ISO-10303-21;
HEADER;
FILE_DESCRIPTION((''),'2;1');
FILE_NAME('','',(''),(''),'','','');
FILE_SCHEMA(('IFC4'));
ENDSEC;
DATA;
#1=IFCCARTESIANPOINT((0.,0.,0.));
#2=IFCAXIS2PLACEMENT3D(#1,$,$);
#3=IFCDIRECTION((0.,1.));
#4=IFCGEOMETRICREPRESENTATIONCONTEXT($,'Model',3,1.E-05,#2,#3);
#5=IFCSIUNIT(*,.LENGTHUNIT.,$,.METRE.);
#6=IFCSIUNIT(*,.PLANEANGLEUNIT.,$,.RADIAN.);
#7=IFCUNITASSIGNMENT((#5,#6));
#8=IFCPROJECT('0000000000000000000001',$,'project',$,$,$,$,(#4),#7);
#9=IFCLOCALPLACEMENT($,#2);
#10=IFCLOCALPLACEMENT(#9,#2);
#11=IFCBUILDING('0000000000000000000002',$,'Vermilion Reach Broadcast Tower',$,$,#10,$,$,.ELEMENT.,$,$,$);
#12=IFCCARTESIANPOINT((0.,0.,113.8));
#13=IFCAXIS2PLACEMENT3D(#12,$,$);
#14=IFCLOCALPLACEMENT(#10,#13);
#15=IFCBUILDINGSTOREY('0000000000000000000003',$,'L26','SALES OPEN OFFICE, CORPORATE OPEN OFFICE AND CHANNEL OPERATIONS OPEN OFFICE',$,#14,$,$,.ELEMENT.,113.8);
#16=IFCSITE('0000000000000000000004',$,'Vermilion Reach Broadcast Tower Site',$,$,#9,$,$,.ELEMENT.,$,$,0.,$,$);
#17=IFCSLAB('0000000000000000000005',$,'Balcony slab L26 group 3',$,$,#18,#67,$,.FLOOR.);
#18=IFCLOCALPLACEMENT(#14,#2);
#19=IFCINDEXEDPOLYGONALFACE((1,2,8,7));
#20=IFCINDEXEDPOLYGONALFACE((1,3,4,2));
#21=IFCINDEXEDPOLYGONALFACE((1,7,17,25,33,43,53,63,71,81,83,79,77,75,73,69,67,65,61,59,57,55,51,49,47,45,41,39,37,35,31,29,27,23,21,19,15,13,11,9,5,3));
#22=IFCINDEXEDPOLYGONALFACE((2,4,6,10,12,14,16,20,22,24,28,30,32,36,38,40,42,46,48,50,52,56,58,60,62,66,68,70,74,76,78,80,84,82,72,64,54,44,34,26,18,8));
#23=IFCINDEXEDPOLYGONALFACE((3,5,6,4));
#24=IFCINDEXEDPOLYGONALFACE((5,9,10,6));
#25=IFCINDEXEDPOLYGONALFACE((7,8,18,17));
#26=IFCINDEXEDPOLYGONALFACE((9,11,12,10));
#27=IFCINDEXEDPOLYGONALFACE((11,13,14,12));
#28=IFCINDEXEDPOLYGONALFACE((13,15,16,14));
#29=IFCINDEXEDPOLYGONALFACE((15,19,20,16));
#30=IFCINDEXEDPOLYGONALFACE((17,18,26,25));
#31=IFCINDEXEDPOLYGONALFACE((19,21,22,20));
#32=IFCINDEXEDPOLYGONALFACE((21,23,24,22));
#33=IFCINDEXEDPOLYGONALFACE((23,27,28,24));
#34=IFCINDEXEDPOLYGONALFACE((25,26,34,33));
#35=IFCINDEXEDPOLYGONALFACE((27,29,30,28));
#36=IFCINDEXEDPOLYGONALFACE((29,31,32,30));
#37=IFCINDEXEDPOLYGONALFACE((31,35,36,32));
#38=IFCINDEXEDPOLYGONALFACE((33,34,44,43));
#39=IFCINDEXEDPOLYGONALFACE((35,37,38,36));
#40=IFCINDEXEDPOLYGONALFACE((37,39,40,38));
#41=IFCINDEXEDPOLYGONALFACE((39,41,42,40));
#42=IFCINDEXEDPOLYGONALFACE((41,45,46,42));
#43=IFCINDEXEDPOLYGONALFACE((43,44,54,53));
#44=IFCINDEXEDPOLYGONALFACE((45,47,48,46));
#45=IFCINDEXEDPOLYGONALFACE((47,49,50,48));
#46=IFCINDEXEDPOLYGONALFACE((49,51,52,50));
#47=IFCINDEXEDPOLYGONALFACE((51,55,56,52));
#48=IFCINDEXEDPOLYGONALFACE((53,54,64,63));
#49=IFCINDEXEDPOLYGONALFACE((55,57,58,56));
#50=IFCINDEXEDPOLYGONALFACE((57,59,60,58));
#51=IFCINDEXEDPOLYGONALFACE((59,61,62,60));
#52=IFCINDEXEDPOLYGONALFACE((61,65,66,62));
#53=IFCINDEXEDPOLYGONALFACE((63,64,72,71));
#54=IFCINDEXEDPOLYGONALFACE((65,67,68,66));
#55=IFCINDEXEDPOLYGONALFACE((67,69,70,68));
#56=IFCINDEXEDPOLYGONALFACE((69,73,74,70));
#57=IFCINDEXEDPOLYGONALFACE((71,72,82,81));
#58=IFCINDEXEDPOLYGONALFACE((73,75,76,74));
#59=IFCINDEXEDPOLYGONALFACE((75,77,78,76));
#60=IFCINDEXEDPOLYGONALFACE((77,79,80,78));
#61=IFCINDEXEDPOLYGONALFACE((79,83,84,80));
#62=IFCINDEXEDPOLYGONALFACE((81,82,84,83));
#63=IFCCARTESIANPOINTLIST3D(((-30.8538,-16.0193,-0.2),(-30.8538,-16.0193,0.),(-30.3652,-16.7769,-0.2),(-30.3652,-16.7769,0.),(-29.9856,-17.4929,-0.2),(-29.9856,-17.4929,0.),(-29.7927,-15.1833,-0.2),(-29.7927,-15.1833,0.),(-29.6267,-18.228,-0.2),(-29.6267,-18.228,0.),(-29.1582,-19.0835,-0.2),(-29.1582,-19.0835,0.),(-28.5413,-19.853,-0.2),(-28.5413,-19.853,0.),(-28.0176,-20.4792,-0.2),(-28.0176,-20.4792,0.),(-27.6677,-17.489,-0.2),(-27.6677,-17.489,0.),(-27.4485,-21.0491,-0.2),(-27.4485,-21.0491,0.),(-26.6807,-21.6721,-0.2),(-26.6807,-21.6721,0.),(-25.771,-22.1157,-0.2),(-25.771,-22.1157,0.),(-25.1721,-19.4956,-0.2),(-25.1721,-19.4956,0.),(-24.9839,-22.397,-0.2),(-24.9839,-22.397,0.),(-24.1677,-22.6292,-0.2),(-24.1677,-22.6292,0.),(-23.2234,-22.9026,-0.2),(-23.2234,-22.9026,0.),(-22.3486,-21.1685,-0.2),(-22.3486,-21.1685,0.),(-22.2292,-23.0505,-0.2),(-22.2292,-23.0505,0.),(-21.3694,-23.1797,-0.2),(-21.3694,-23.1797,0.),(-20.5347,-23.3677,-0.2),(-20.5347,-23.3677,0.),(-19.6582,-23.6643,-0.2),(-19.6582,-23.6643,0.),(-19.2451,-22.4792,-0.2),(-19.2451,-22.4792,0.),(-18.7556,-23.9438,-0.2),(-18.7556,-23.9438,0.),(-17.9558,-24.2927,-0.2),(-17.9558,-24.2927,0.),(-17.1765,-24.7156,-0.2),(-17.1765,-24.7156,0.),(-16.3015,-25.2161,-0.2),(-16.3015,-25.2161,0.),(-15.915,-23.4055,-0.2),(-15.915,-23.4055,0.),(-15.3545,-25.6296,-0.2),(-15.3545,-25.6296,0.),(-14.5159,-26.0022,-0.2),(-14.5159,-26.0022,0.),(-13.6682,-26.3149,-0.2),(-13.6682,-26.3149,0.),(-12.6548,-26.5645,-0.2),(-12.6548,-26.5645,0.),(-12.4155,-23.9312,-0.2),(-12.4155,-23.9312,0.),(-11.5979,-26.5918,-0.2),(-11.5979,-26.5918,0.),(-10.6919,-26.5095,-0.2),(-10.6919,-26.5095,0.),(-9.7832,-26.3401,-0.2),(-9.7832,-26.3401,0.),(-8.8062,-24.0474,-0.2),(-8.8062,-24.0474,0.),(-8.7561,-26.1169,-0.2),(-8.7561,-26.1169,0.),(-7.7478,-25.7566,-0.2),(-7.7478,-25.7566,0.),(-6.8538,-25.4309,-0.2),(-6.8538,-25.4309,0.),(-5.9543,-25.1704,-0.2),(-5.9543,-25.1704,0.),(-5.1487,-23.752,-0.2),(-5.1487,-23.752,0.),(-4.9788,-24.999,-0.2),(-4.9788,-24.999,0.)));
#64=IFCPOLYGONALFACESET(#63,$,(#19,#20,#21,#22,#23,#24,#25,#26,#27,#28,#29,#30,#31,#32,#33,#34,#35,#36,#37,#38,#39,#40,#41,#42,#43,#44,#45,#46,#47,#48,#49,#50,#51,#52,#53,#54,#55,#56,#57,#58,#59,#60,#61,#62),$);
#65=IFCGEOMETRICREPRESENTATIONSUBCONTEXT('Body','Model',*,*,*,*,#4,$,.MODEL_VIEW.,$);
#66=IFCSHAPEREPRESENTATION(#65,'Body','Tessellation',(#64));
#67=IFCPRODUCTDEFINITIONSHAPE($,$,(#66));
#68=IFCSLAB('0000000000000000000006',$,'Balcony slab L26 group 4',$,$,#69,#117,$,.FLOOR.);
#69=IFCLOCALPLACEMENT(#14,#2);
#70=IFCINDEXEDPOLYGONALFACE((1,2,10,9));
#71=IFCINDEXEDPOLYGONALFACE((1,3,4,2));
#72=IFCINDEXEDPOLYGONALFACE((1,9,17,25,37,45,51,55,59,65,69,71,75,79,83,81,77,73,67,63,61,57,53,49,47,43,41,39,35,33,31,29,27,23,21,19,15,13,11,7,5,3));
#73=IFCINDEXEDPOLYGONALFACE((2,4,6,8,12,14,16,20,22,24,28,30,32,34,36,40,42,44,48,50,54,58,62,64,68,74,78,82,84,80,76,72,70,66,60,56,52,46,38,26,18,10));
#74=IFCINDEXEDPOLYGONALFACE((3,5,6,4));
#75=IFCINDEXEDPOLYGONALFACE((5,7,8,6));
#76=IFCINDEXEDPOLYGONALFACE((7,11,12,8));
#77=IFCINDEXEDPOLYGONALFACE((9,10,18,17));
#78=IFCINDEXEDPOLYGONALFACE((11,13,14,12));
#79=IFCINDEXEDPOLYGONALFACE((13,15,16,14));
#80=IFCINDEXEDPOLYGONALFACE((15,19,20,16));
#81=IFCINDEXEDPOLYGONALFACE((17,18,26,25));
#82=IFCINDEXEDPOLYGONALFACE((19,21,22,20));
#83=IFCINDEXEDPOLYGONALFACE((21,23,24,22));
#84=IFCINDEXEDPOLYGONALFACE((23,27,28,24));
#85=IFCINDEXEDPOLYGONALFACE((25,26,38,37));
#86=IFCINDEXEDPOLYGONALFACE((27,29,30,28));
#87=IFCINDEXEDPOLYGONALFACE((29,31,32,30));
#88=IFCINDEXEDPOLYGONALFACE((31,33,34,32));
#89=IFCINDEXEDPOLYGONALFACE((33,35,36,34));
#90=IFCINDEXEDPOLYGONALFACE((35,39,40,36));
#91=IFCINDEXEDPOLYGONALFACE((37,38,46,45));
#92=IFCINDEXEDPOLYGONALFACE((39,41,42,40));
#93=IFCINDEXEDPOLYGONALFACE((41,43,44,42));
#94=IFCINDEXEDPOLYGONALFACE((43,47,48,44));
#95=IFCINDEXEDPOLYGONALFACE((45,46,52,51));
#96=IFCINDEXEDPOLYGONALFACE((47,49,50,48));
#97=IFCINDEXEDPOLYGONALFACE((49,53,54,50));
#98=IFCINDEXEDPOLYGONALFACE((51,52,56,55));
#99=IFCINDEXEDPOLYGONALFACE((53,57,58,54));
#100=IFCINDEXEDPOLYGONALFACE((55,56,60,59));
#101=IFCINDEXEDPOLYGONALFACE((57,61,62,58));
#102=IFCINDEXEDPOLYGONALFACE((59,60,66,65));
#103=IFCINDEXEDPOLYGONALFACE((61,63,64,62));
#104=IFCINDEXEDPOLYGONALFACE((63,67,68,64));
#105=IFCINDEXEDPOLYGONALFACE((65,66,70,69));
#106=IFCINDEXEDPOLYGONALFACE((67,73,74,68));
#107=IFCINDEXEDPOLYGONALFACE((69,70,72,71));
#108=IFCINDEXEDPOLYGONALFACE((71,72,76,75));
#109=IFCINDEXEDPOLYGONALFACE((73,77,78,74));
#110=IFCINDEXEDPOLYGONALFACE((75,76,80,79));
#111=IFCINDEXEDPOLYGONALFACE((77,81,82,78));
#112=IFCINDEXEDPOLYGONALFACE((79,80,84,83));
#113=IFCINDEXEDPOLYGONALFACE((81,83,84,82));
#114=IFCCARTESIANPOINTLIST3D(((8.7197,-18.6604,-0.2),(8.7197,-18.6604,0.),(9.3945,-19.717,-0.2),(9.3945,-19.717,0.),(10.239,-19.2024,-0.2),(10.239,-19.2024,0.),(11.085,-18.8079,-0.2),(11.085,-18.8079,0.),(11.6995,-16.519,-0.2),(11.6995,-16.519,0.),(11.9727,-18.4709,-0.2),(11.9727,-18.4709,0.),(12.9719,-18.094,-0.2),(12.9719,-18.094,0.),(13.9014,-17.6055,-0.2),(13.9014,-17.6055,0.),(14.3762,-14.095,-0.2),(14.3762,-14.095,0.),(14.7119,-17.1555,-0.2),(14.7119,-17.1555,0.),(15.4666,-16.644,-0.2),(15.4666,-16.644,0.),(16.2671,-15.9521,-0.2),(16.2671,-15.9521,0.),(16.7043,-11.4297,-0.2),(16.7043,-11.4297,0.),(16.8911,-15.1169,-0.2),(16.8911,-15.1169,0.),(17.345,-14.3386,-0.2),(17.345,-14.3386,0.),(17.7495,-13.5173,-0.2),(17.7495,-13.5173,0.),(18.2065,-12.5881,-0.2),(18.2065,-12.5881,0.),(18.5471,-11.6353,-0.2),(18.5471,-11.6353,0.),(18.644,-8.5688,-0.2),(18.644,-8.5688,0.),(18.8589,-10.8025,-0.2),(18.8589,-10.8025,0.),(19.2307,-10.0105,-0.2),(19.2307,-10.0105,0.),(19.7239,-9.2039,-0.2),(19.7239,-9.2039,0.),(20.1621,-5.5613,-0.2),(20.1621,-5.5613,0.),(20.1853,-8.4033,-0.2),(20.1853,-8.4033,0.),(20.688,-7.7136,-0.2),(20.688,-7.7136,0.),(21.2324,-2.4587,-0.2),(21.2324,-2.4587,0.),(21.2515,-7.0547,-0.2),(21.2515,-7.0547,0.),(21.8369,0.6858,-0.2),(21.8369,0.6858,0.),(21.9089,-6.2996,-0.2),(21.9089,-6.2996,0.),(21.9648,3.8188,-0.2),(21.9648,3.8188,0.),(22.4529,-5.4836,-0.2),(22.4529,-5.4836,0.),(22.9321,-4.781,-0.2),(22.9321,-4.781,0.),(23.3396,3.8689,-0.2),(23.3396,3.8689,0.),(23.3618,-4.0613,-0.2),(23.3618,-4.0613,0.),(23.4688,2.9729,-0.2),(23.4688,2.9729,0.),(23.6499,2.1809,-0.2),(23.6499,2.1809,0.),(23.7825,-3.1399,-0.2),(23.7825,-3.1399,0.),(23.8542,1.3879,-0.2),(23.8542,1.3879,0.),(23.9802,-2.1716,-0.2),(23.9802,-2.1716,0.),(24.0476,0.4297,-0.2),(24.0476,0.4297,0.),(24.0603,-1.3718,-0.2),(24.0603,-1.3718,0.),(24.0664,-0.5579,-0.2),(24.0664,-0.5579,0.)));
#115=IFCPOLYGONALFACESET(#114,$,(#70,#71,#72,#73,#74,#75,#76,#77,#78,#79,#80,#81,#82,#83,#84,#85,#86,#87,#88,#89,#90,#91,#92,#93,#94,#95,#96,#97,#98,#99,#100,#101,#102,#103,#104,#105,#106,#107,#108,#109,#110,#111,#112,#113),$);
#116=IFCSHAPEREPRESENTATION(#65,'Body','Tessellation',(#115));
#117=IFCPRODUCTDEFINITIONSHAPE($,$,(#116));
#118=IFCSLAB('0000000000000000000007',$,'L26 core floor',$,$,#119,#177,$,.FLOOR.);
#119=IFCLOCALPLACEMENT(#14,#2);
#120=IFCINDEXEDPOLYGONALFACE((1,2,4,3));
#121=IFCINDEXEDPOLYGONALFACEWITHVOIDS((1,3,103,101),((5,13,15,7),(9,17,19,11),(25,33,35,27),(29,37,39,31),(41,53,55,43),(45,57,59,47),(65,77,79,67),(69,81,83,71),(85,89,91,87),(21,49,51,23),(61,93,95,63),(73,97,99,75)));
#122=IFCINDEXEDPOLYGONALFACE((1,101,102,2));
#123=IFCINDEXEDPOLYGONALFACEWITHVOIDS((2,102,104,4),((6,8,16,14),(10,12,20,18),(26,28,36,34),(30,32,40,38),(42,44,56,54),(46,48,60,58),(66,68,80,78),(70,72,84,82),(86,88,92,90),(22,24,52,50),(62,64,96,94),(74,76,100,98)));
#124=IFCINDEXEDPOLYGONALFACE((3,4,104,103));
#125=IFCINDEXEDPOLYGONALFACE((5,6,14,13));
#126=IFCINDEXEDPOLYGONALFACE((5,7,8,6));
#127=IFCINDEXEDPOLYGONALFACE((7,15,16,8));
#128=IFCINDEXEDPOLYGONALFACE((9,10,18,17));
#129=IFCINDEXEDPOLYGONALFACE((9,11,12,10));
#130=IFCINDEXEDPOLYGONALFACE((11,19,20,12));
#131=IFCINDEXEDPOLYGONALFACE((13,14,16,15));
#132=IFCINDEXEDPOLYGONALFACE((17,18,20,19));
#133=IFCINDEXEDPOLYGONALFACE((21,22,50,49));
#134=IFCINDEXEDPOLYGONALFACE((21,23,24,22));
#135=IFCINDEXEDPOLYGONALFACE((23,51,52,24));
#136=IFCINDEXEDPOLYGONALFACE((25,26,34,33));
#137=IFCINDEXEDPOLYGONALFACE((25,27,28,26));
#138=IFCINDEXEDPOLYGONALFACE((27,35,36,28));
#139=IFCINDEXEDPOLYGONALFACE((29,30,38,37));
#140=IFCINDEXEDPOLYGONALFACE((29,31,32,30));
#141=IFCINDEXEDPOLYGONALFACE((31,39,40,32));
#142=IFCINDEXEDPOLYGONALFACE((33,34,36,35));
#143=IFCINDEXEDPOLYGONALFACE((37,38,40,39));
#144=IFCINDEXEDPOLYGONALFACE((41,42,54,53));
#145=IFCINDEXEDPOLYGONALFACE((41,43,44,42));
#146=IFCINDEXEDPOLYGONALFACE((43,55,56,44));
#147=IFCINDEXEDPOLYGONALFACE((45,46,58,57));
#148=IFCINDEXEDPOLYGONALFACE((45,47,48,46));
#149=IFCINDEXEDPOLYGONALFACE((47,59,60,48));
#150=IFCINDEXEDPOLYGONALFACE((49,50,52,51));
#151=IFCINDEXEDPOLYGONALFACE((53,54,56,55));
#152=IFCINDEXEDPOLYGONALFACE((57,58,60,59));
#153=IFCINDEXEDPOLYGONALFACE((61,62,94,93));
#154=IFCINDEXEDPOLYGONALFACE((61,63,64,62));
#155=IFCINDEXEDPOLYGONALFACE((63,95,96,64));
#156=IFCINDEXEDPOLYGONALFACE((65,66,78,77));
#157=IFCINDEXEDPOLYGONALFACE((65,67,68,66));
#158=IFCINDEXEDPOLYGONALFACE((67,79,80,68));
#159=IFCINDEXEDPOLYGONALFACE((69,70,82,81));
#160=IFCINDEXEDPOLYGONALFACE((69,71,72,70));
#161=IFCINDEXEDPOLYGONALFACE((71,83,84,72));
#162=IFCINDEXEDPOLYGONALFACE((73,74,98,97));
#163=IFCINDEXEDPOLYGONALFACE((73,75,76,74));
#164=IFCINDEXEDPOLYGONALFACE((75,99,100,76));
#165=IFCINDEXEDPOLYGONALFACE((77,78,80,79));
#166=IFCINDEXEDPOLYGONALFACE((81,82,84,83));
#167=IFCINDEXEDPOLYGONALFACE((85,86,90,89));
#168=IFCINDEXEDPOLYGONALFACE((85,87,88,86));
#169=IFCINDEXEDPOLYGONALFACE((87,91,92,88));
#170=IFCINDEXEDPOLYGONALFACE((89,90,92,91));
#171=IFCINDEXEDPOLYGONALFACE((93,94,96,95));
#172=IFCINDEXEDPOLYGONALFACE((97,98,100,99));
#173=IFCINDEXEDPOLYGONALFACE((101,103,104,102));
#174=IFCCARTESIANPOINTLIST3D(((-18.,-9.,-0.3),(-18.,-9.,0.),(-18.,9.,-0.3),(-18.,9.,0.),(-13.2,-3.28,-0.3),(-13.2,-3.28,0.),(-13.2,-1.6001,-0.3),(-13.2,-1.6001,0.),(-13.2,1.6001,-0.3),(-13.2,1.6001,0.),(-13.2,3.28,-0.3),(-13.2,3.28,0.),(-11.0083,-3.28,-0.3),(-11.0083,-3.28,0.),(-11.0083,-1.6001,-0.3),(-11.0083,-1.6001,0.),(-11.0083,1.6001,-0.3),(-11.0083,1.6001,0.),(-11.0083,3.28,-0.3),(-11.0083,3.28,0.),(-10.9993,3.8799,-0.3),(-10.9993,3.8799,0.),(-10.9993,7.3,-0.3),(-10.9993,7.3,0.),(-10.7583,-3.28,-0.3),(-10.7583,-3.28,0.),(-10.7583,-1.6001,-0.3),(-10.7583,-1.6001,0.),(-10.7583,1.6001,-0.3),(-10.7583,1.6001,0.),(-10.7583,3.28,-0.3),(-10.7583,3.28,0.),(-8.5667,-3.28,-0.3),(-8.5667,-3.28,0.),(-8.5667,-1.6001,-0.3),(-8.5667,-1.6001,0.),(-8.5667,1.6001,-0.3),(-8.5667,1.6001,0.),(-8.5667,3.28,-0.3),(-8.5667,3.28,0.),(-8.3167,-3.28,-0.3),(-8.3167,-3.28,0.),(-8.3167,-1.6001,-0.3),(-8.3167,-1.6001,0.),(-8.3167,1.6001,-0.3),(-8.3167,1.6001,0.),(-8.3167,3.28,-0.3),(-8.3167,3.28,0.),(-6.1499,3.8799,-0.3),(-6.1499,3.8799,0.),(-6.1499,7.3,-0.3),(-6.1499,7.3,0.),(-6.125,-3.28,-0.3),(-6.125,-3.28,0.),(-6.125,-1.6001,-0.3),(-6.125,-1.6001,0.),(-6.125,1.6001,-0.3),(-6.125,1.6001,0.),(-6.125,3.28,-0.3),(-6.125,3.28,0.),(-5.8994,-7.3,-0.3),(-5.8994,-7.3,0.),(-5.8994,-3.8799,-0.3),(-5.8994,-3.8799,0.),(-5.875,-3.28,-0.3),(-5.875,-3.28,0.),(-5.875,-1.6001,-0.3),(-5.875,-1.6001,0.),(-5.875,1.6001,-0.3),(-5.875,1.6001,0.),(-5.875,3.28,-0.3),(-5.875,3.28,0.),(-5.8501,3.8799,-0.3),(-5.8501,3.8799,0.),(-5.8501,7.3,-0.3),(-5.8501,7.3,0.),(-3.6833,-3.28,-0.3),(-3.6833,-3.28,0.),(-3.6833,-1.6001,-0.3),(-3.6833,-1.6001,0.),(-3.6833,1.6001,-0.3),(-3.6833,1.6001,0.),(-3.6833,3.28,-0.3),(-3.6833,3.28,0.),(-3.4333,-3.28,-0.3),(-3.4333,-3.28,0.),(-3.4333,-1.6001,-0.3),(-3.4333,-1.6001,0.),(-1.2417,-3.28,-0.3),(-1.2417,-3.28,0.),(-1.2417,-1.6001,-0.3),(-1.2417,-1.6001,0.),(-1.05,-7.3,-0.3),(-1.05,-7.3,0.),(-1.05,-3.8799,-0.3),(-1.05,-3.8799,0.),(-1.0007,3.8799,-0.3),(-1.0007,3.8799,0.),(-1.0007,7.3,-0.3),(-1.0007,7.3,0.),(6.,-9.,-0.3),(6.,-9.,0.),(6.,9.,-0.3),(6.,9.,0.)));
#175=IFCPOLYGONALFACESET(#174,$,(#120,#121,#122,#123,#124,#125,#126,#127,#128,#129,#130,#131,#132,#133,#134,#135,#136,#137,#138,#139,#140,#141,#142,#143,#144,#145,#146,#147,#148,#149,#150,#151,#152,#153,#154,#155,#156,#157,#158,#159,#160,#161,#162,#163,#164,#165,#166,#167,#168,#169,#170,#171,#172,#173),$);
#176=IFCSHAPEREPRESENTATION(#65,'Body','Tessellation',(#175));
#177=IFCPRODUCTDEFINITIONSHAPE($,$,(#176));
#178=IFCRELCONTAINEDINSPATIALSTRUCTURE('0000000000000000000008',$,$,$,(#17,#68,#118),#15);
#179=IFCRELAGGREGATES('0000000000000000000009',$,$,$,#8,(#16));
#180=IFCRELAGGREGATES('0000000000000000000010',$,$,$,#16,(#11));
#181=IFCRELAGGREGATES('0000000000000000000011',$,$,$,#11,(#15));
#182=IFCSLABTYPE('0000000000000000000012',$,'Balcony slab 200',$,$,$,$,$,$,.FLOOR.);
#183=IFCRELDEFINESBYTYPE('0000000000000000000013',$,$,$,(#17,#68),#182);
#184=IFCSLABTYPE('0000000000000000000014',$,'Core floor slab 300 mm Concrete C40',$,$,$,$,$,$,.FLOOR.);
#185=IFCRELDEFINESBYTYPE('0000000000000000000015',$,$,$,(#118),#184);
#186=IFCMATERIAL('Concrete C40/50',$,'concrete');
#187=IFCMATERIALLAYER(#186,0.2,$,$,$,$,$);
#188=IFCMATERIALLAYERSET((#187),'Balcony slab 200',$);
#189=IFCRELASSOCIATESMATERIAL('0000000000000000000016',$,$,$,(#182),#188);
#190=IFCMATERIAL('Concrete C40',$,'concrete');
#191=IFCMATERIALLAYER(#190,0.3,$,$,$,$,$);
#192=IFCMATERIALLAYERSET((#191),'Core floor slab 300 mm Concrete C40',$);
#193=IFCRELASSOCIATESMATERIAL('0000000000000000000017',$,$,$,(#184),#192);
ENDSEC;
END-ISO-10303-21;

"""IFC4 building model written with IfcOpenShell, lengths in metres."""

from ifc_helpers import new_model, si_unit, direction, frame, origin, place, context, subcontext, project, spatial, polyline, outline, extrude, material, layer, layer_set, type_object, element, save


model = new_model("IFC4")

# Units and contexts
model_context = context("Model", 3, precision=1e-05, world=origin(), true_north=direction((0.0, 1.0)))
body_context = subcontext(model_context, "Body", "Model", "MODEL_VIEW")
ifc_project = project(units=[si_unit("LENGTHUNIT", "METRE"), si_unit("PLANEANGLEUNIT", "RADIAN")], contexts=[model_context])

# Site, building, storey
site_placement = place(None, origin())
site = spatial("IfcSite", under=ifc_project, at=site_placement, Name="Vermilion Reach Broadcast Tower Site", CompositionType="ELEMENT", RefElevation=0.0)
building_placement = place(site_placement, origin())
building = spatial("IfcBuilding", under=site, at=building_placement, Name="Vermilion Reach Broadcast Tower", CompositionType="ELEMENT")
storey_placement = place(building_placement, frame((0.0, 0.0, 113.8)))
storey = spatial("IfcBuildingStorey", under=building, at=storey_placement, Name="L26", Description="SALES OPEN OFFICE, CORPORATE OPEN OFFICE AND CHANNEL OPERATIONS OPEN OFFICE", CompositionType="ELEMENT", Elevation=113.8)

# Slabs
ifc_material_1 = material(Name="Concrete C40/50", Category="concrete")
ifc_layer_1 = layer(ifc_material_1, 0.2)
ifc_layer_set_1 = layer_set([ifc_layer_1], Name="Balcony slab 200")
slab_type_1 = type_object("IfcSlabType", Name="Balcony slab 200", PredefinedType="FLOOR", material=ifc_layer_set_1)
placement_1 = place(storey_placement, frame((0.0, 0.0, -0.2)))
element("IfcSlab", 1, at=placement_1, inside=storey, type_object=slab_type_1, Name="Balcony slab L26 group 3", PredefinedType="FLOOR", context=body_context, shape_type="SweptSolid", body=[
    extrude(outline(polyline([(-29.7927, -15.1833), (-27.6677, -17.489), (-25.1721, -19.4956), (-22.3486, -21.1685), (-19.2451, -22.4792), (-15.915, -23.4055), (-12.4155, -23.9312), (-8.8062, -24.0474), (-5.1487, -23.752), (-4.9788, -24.999), (-5.9543, -25.1704), (-6.8538, -25.4309), (-7.7478, -25.7566), (-8.7561, -26.1169), (-9.7832, -26.3401), (-10.6919, -26.5095), (-11.5979, -26.5918), (-12.6548, -26.5645), (-13.6682, -26.3149), (-14.5159, -26.0022), (-15.3545, -25.6296), (-16.3015, -25.2161), (-17.1765, -24.7156), (-17.9558, -24.2927), (-18.7556, -23.9438), (-19.6582, -23.6643), (-20.5347, -23.3677), (-21.3694, -23.1797), (-22.2292, -23.0505), (-23.2234, -22.9026), (-24.1677, -22.6292), (-24.9839, -22.397), (-25.771, -22.1157), (-26.6807, -21.6721), (-27.4485, -21.0491), (-28.0176, -20.4792), (-28.5413, -19.853), (-29.1582, -19.0835), (-29.6267, -18.228), (-29.9856, -17.4929), (-30.3652, -16.7769), (-30.8538, -16.0193), (-29.7927, -15.1833)])), origin(), (0.0, 0.0, 1.0), 0.2),
])
element("IfcSlab", 2, at=placement_1, inside=storey, type_object=slab_type_1, Name="Balcony slab L26 group 4", PredefinedType="FLOOR", context=body_context, shape_type="SweptSolid", body=[
    extrude(outline(polyline([(8.7197, -18.6604), (11.6995, -16.519), (14.3762, -14.095), (16.7043, -11.4297), (18.644, -8.5688), (20.1621, -5.5613), (21.2324, -2.4587), (21.8369, 0.6858), (21.9648, 3.8188), (23.3396, 3.8689), (23.4688, 2.9729), (23.6499, 2.1809), (23.8542, 1.3879), (24.0476, 0.4297), (24.0664, -0.5579), (24.0603, -1.3718), (23.9802, -2.1716), (23.7825, -3.1399), (23.3618, -4.0613), (22.9321, -4.781), (22.4529, -5.4836), (21.9089, -6.2996), (21.2515, -7.0547), (20.688, -7.7136), (20.1853, -8.4033), (19.7239, -9.2039), (19.2307, -10.0105), (18.8589, -10.8025), (18.5471, -11.6353), (18.2065, -12.5881), (17.7495, -13.5173), (17.345, -14.3386), (16.8911, -15.1169), (16.2671, -15.9521), (15.4666, -16.644), (14.7119, -17.1555), (13.9014, -17.6055), (12.9719, -18.094), (11.9727, -18.4709), (11.085, -18.8079), (10.239, -19.2024), (9.3945, -19.717), (8.7197, -18.6604)])), origin(), (0.0, 0.0, 1.0), 0.2),
])
ifc_material_2 = material(Name="Concrete C40", Category="concrete")
ifc_layer_2 = layer(ifc_material_2, 0.3)
ifc_layer_set_2 = layer_set([ifc_layer_2], Name="Core floor slab 300 mm Concrete C40")
slab_type_2 = type_object("IfcSlabType", Name="Core floor slab 300 mm Concrete C40", PredefinedType="FLOOR", material=ifc_layer_set_2)
slab_1_placement = place(storey_placement, frame((0.0, 0.0, -0.3)))
element("IfcSlab", 3, at=slab_1_placement, inside=storey, type_object=slab_type_2, Name="L26 core floor", PredefinedType="FLOOR", context=body_context, shape_type="SweptSolid", body=[
    extrude(outline(polyline([(-18.0, -9.0), (6.0, -9.0), (6.0, 9.0), (-18.0, 9.0), (-18.0, -9.0)]), holes=[polyline([(-13.2, 1.6001), (-11.0083, 1.6001), (-11.0083, 3.28), (-13.2, 3.28), (-13.2, 1.6001)]), polyline([(-10.7583, 1.6001), (-8.5667, 1.6001), (-8.5667, 3.28), (-10.7583, 3.28), (-10.7583, 1.6001)]), polyline([(-8.3167, 1.6001), (-6.125, 1.6001), (-6.125, 3.28), (-8.3167, 3.28), (-8.3167, 1.6001)]), polyline([(-5.875, 1.6001), (-3.6833, 1.6001), (-3.6833, 3.28), (-5.875, 3.28), (-5.875, 1.6001)]), polyline([(-13.2, -3.28), (-11.0083, -3.28), (-11.0083, -1.6001), (-13.2, -1.6001), (-13.2, -3.28)]), polyline([(-10.7583, -3.28), (-8.5667, -3.28), (-8.5667, -1.6001), (-10.7583, -1.6001), (-10.7583, -3.28)]), polyline([(-8.3167, -3.28), (-6.125, -3.28), (-6.125, -1.6001), (-8.3167, -1.6001), (-8.3167, -3.28)]), polyline([(-5.875, -3.28), (-3.6833, -3.28), (-3.6833, -1.6001), (-5.875, -1.6001), (-5.875, -3.28)]), polyline([(-3.4333, -3.28), (-1.2417, -3.28), (-1.2417, -1.6001), (-3.4333, -1.6001), (-3.4333, -3.28)]), polyline([(-10.9993, 3.8799), (-6.1499, 3.8799), (-6.1499, 7.3), (-10.9993, 7.3), (-10.9993, 3.8799)]), polyline([(-1.0007, 7.3), (-5.8501, 7.3), (-5.8501, 3.8799), (-1.0007, 3.8799), (-1.0007, 7.3)]), polyline([(-5.8994, -7.3), (-1.05, -7.3), (-1.05, -3.8799), (-5.8994, -3.8799), (-5.8994, -7.3)])]), origin(), (0.0, 0.0, 1.0), 0.3),
])

save(model, "model.ifc")
